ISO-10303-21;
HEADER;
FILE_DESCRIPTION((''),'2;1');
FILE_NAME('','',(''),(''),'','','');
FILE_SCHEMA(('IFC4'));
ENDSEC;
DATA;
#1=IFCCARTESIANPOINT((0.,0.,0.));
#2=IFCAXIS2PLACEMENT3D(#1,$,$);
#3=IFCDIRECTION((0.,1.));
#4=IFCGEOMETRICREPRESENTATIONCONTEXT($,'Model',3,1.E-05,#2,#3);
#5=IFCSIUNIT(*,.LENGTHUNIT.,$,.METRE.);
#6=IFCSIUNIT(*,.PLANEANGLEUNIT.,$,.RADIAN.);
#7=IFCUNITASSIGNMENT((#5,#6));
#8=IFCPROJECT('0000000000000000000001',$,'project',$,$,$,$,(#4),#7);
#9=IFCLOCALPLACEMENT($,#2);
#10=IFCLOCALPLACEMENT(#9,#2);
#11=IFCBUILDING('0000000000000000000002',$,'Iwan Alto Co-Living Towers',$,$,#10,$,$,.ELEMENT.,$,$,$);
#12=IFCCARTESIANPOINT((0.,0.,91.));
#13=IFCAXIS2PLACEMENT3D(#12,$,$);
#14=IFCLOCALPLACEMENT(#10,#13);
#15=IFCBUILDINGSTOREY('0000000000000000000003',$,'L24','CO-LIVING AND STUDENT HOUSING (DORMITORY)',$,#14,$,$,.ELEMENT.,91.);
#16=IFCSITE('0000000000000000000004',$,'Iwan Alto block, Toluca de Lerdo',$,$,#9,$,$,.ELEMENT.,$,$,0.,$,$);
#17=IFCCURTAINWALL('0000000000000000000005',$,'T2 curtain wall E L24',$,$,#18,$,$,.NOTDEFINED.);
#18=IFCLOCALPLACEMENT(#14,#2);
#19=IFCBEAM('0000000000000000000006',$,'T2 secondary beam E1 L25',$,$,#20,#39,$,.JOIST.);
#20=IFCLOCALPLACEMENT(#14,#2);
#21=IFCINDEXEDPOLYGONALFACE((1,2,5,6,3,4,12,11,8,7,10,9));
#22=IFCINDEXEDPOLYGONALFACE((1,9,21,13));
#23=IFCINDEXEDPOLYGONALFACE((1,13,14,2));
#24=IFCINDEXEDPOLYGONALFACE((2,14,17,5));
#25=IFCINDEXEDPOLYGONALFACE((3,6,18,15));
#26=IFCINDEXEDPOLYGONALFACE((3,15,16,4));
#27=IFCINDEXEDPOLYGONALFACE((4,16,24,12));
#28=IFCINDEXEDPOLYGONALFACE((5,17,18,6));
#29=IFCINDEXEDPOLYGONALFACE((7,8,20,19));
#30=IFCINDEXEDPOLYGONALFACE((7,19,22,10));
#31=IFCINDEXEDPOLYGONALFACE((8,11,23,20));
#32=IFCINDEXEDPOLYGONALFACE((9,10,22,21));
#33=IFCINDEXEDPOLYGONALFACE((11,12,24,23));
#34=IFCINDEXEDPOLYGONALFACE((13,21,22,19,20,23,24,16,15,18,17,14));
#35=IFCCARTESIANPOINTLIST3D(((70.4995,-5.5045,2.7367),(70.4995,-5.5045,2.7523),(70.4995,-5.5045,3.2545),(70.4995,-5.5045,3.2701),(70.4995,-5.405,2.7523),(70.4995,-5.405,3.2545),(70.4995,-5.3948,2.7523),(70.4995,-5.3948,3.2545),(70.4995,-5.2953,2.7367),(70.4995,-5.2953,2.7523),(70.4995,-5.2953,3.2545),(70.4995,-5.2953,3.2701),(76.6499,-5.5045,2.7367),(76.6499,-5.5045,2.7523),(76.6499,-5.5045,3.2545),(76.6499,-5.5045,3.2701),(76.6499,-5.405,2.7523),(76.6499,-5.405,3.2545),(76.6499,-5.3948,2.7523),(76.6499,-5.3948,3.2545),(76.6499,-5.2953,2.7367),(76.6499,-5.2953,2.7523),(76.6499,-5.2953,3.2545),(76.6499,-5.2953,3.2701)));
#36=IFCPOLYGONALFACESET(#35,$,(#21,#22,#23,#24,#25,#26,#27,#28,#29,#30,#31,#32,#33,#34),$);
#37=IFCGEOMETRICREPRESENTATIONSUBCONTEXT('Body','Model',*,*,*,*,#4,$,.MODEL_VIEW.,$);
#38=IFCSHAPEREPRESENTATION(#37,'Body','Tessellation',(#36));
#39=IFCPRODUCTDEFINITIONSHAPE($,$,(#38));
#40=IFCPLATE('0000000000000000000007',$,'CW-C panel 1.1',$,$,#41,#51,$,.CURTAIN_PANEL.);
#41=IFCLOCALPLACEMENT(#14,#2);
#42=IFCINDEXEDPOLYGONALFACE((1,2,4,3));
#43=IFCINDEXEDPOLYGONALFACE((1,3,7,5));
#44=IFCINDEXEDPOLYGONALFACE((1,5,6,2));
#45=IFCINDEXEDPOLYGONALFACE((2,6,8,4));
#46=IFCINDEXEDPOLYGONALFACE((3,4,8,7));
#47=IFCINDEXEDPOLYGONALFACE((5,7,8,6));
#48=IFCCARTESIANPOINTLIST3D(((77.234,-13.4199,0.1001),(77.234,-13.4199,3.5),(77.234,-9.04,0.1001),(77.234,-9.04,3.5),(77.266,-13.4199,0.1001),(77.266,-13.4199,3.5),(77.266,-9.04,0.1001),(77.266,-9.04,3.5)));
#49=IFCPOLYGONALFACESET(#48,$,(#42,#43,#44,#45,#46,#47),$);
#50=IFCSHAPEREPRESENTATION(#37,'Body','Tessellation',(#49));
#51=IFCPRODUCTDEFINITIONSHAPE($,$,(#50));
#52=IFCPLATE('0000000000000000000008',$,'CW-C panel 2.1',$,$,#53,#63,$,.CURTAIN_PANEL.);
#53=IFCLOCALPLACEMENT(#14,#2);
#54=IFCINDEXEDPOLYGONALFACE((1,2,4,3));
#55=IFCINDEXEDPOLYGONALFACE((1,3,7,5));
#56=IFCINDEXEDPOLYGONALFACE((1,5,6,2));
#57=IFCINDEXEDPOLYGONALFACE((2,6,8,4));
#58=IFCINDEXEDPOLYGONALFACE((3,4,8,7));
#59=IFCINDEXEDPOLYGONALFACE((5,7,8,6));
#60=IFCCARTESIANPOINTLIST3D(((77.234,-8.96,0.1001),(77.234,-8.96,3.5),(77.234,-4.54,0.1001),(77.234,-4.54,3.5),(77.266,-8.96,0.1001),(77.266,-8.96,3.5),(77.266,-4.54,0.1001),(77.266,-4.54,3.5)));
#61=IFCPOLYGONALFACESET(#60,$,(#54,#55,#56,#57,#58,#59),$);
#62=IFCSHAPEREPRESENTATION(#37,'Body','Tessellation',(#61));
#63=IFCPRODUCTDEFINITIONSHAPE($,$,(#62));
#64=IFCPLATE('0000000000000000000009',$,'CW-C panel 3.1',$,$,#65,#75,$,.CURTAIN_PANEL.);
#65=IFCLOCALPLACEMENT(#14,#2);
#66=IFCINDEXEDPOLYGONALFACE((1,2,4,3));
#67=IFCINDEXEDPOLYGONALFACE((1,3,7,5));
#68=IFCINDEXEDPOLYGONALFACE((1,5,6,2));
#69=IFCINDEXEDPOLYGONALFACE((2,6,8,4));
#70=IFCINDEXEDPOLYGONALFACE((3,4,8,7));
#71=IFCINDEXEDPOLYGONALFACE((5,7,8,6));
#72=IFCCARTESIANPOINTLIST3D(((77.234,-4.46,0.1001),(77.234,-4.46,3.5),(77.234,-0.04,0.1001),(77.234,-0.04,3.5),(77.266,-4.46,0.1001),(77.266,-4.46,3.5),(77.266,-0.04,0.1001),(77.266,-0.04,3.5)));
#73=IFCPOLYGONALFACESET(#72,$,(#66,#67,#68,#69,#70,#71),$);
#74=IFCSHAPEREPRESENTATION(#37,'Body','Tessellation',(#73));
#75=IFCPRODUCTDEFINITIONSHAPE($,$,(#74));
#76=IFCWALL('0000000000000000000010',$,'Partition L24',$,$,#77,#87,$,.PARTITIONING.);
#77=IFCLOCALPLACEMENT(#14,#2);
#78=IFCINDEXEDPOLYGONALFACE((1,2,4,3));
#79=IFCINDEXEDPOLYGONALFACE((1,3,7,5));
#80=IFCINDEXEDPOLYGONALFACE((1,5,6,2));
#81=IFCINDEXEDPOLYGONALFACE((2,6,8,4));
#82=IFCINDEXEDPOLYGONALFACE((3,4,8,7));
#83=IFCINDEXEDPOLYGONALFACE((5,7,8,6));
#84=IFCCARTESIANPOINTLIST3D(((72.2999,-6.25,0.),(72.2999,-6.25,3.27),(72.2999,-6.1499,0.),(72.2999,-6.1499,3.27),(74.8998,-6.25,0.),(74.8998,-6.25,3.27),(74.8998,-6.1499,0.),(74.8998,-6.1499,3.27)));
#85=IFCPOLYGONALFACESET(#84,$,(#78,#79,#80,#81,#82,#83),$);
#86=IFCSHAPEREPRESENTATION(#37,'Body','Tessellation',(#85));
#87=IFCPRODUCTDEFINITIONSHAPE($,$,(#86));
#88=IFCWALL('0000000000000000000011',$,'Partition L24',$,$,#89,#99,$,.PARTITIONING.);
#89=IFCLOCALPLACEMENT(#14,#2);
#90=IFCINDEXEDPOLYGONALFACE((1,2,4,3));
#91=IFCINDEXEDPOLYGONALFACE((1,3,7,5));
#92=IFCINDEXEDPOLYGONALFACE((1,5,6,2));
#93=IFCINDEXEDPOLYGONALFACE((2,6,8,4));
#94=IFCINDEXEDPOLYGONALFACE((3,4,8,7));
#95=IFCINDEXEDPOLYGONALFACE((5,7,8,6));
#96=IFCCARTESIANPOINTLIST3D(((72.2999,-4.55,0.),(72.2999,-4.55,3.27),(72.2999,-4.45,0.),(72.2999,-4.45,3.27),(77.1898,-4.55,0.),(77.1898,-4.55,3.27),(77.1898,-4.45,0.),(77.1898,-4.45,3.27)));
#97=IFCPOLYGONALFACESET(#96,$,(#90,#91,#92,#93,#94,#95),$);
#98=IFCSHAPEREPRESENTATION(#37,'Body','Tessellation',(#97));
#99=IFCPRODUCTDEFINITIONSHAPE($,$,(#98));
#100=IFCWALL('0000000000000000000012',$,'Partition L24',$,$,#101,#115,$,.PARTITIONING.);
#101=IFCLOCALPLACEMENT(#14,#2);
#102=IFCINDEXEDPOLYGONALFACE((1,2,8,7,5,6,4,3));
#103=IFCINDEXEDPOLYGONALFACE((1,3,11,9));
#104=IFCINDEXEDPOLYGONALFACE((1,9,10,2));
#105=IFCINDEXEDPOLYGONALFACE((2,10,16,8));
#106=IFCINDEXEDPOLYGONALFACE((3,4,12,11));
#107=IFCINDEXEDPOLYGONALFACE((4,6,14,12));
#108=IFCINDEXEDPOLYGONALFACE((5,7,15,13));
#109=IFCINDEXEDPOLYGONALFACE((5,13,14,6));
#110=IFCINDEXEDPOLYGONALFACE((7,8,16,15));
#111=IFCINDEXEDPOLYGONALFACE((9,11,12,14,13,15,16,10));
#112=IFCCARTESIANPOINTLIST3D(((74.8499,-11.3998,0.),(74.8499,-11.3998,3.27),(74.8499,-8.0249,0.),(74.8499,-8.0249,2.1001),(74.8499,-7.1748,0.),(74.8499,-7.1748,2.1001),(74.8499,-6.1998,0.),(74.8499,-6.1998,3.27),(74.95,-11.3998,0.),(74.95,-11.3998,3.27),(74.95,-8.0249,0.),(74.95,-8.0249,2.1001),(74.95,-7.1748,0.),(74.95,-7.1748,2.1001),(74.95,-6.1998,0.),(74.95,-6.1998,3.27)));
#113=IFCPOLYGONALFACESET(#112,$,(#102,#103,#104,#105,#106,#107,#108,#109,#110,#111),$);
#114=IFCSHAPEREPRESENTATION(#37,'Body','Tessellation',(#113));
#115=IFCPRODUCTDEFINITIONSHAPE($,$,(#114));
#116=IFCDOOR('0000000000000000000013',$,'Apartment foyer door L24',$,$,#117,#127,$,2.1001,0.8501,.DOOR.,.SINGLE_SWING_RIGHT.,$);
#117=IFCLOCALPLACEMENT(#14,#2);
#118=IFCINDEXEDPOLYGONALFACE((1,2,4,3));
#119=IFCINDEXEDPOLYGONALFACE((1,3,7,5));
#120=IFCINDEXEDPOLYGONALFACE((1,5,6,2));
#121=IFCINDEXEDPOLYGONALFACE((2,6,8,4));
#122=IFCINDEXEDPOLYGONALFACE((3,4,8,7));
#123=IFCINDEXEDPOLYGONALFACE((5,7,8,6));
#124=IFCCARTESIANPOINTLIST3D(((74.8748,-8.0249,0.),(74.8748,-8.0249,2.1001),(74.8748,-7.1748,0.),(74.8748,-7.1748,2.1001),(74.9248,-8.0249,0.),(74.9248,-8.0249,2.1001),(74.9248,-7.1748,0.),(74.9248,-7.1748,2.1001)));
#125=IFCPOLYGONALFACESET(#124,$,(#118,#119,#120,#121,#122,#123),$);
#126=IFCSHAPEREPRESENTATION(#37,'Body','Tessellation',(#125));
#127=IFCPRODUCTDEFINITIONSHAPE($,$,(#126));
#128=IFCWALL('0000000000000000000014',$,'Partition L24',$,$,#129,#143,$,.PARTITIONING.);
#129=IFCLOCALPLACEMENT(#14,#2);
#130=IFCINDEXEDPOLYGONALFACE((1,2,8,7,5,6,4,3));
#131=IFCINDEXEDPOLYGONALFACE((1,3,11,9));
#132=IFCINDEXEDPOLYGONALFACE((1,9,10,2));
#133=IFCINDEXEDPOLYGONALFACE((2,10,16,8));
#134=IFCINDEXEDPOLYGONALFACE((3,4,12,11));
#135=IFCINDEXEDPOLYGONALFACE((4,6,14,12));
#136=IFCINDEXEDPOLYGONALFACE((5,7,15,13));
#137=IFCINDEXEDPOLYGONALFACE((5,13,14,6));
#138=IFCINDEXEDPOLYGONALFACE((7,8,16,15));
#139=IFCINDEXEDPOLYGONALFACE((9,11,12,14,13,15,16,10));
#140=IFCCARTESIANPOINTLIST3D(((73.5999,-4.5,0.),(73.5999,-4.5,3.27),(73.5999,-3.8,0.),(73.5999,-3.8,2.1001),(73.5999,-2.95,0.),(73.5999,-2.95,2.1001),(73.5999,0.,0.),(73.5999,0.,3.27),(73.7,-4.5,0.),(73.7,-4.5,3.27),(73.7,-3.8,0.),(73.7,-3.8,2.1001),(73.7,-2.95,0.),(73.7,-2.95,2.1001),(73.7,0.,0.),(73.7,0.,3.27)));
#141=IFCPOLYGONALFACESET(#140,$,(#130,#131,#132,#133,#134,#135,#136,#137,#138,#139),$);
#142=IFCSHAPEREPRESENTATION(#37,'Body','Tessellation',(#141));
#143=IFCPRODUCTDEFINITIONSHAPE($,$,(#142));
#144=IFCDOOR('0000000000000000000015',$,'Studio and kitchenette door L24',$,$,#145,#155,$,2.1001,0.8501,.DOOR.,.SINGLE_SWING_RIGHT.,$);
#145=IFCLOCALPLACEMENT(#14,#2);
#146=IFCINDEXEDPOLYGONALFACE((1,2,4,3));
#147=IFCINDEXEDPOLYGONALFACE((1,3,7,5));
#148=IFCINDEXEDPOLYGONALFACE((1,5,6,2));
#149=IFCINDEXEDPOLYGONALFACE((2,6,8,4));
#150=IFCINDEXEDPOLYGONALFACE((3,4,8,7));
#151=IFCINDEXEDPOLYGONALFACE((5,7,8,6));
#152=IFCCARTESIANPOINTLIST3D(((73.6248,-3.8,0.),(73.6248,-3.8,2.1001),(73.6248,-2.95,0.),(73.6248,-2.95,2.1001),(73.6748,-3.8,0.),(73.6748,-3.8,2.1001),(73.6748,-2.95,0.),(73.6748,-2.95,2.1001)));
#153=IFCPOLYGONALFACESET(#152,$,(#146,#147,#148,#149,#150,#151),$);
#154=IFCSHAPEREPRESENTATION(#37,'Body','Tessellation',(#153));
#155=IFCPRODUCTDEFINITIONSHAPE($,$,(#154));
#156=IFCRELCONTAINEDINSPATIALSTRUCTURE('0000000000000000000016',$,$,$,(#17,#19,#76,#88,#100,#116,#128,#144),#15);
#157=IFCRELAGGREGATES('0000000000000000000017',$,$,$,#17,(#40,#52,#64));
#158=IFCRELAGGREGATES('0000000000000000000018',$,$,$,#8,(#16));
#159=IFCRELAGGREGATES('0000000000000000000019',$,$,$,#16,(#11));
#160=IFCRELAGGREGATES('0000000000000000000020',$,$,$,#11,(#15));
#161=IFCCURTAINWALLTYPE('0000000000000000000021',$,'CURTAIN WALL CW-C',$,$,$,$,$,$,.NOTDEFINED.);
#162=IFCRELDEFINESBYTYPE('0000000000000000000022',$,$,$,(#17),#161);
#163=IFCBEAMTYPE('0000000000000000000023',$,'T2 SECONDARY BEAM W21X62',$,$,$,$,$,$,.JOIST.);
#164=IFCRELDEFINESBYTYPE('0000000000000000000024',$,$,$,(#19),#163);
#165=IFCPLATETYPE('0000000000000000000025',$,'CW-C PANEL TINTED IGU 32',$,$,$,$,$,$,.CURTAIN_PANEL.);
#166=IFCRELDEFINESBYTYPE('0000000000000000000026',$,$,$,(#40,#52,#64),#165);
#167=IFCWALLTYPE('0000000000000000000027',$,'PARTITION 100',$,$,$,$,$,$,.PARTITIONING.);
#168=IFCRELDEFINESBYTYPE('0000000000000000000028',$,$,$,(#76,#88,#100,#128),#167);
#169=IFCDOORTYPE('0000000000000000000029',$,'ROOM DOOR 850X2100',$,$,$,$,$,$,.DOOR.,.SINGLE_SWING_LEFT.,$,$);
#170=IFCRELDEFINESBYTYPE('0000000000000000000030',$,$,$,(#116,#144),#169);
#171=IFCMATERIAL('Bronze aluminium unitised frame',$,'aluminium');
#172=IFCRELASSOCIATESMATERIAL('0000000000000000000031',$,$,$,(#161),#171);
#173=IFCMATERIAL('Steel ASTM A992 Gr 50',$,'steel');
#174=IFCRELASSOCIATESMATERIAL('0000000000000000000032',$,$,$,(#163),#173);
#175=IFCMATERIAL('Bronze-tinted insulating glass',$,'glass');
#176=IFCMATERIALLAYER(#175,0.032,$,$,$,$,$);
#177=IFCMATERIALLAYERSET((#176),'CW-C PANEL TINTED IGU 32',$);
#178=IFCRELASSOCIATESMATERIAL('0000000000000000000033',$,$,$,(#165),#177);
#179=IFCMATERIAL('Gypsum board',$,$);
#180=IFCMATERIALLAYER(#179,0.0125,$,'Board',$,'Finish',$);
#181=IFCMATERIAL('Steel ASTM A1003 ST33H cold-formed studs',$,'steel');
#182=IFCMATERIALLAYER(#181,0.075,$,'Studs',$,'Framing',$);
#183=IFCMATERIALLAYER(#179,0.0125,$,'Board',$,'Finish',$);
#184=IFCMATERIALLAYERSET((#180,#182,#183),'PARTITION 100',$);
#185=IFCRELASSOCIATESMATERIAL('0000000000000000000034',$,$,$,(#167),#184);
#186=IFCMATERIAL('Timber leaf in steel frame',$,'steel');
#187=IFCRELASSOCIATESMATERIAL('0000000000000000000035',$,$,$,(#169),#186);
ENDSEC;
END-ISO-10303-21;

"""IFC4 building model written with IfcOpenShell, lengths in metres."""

from ifc_helpers import new_model, si_unit, direction, frame, frame_2d, origin, origin_2d, place, context, subcontext, project, spatial, rectangle, i_section, extrude, material, layer, layer_set, material_profile, profile_set, type_object, element, fill, aggregate, save


model = new_model("IFC4")

# Units and contexts
model_context = context("Model", 3, precision=1e-05, world=origin(), true_north=direction((0.0, 1.0)))
body_context = subcontext(model_context, "Body", "Model", "MODEL_VIEW")
ifc_project = project(units=[si_unit("LENGTHUNIT", "METRE"), si_unit("PLANEANGLEUNIT", "RADIAN")], contexts=[model_context])

# Site, building, storey
site_placement = place(None, origin())
site = spatial("IfcSite", under=ifc_project, at=site_placement, Name="Iwan Alto block, Toluca de Lerdo", CompositionType="ELEMENT", RefElevation=0.0)
building_placement = place(site_placement, origin())
building = spatial("IfcBuilding", under=site, at=building_placement, Name="Iwan Alto Co-Living Towers", CompositionType="ELEMENT")
storey_placement = place(building_placement, frame((0.0, 0.0, 91.0)))
storey = spatial("IfcBuildingStorey", under=building, at=storey_placement, Name="L24", Description="CO-LIVING AND STUDENT HOUSING (DORMITORY)", CompositionType="ELEMENT", Elevation=91.0)

# Curtain wall
ifc_material_1 = material(Name="Bronze aluminium unitised frame", Category="aluminium")
curtain_wall_type = type_object("IfcCurtainWallType", Name="CURTAIN WALL CW-C", PredefinedType="NOTDEFINED", material=ifc_material_1)
curtain_wall_placement = place(storey_placement, origin())
curtain_wall = element("IfcCurtainWall", 1, at=curtain_wall_placement, inside=storey, type_object=curtain_wall_type, Name="T2 curtain wall E L24", PredefinedType="NOTDEFINED")

# Beam
ifc_material_2 = material(Name="Steel ASTM A992 Gr 50", Category="steel")
ifc_material_profile_1 = material_profile(ifc_material_2, i_section(OverallWidth=0.2092, OverallDepth=0.5334, WebThickness=0.0103, FlangeThickness=0.0156, at=origin_2d()), Name="W21X62")
ifc_profile_set_1 = profile_set([ifc_material_profile_1], Name="Steel ASTM A992 Gr 50")
beam_type_1 = type_object("IfcBeamType", Name="T2 SECONDARY BEAM W21X62", PredefinedType="JOIST", material=ifc_profile_set_1)
beam_1_placement = place(storey_placement, frame((76.6499, -5.3999, 3.0034), z_axis=(-1.0, 0.0, 0.0), x_axis=(0.0, -1.0, 0.0)))
element("IfcBeam", 2, at=beam_1_placement, inside=storey, type_object=beam_type_1, Name="T2 secondary beam E1 L25", PredefinedType="JOIST", context=body_context, shape_type="SweptSolid", body=[
    extrude(i_section(OverallWidth=0.2092, OverallDepth=0.5334, WebThickness=0.0103, FlangeThickness=0.0156, at=origin_2d()), origin(), (0.0, 0.0, 1.0), 6.1504),
])

# Plates
ifc_material_3 = material(Name="Bronze-tinted insulating glass", Category="glass")
ifc_layer_1 = layer(ifc_material_3, 0.032)
ifc_layer_set_1 = layer_set([ifc_layer_1], Name="CW-C PANEL TINTED IGU 32")
plate_type = type_object("IfcPlateType", Name="CW-C PANEL TINTED IGU 32", PredefinedType="CURTAIN_PANEL", material=ifc_layer_set_1)
plate_1_placement = place(storey_placement, frame((77.25, -11.23, 0.1001), z_axis=(0.0, 0.0, 1.0), x_axis=(0.0, 1.0, 0.0)))
plate_1 = element("IfcPlate", 3, at=plate_1_placement, type_object=plate_type, Name="CW-C panel 1.1", PredefinedType="CURTAIN_PANEL", context=body_context, shape_type="SweptSolid", body=[
    extrude(rectangle(XDim=4.3799, YDim=0.032, at=origin_2d()), origin(), (0.0, 0.0, 1.0), 3.3999),
])
plate_2_placement = place(storey_placement, frame((77.25, -6.75, 0.1001), z_axis=(0.0, 0.0, 1.0), x_axis=(0.0, 1.0, 0.0)))
plate_2 = element("IfcPlate", 4, at=plate_2_placement, type_object=plate_type, Name="CW-C panel 2.1", PredefinedType="CURTAIN_PANEL", context=body_context, shape_type="SweptSolid", body=[
    extrude(rectangle(XDim=4.4199, YDim=0.032, at=origin_2d()), origin(), (0.0, 0.0, 1.0), 3.3999),
])
plate_3_placement = place(storey_placement, frame((77.25, -2.25, 0.1001), z_axis=(0.0, 0.0, 1.0), x_axis=(0.0, 1.0, 0.0)))
plate_3 = element("IfcPlate", 5, at=plate_3_placement, type_object=plate_type, Name="CW-C panel 3.1", PredefinedType="CURTAIN_PANEL", context=body_context, shape_type="SweptSolid", body=[
    extrude(rectangle(XDim=4.4199, YDim=0.032, at=origin_2d()), origin(), (0.0, 0.0, 1.0), 3.3999),
])
aggregate(curtain_wall, [plate_1, plate_2, plate_3])

# Walls
ifc_material_4 = material(Name="Gypsum board")
ifc_layer_2 = layer(ifc_material_4, 0.0125, Name="Board", Category="Finish")
ifc_material_5 = material(Name="Steel ASTM A1003 ST33H cold-formed studs", Category="steel")
ifc_layer_3 = layer(ifc_material_5, 0.075, Name="Studs", Category="Framing")
ifc_layer_4 = layer(ifc_material_4, 0.0125, Name="Board", Category="Finish")
ifc_layer_set_2 = layer_set([ifc_layer_2, ifc_layer_3, ifc_layer_4], Name="PARTITION 100")
wall_type_1 = type_object("IfcWallType", Name="PARTITION 100", PredefinedType="PARTITIONING", material=ifc_layer_set_2)
wall_1_placement = place(storey_placement, frame((72.3, -6.2, 0.0), z_axis=(0.0, 0.0, 1.0), x_axis=(1.0, 0.0, 0.0)))
element("IfcWall", 6, at=wall_1_placement, inside=storey, type_object=wall_type_1, Name="Partition L24", PredefinedType="PARTITIONING", context=body_context, shape_type="SweptSolid", body=[
    extrude(rectangle(XDim=2.5999, YDim=0.1001, at=frame_2d((1.2998, 0.0))), origin(), (0.0, 0.0, 1.0), 3.27),
])
wall_2_placement = place(storey_placement, frame((72.3, -4.5, 0.0), z_axis=(0.0, 0.0, 1.0), x_axis=(1.0, 0.0, 0.0)))
element("IfcWall", 7, at=wall_2_placement, inside=storey, type_object=wall_type_1, Name="Partition L24", PredefinedType="PARTITIONING", context=body_context, shape_type="SweptSolid", body=[
    extrude(rectangle(XDim=4.8899, YDim=0.1001, at=frame_2d((2.4448, 0.0))), origin(), (0.0, 0.0, 1.0), 3.27),
])

# Walls, openings, doors
wall_3_placement = place(storey_placement, frame((74.8999, -11.3999, 0.0), z_axis=(0.0, 0.0, 1.0), x_axis=(0.0, 1.0, 0.0)))
wall_3 = element("IfcWall", 8, at=wall_3_placement, inside=storey, type_object=wall_type_1, Name="Partition L24", PredefinedType="PARTITIONING", context=body_context, shape_type="SweptSolid", body=[
    extrude(rectangle(XDim=5.2, YDim=0.1001, at=frame_2d((2.6001, 0.0))), origin(), (0.0, 0.0, 1.0), 3.27),
])
opening_1_placement = place(wall_3_placement, frame((3.375, 0.0, 0.0)))
opening_1 = element("IfcOpeningElement", 9, at=opening_1_placement, cuts=wall_3, PredefinedType="OPENING", context=body_context, shape_type="SweptSolid", body=[
    extrude(rectangle(XDim=0.8501, YDim=2.1001, at=frame_2d((0.425, 1.05))), frame((0.0, 0.0601, 0.0), z_axis=(0.0, -1.0, 0.0), x_axis=(1.0, 0.0, 0.0)), (0.0, 0.0, 1.0), 0.1201),
])
ifc_material_6 = material(Name="Timber leaf in steel frame", Category="steel")
door_type = type_object("IfcDoorType", Name="ROOM DOOR 850X2100", OperationType="SINGLE_SWING_LEFT", PredefinedType="DOOR", material=ifc_material_6)
door_1_placement = place(opening_1_placement, frame((0.8501, 0.0, 0.0), z_axis=(0.0, 0.0, 1.0), x_axis=(-1.0, 0.0, 0.0)))
door_1 = element("IfcDoor", 10, at=door_1_placement, inside=storey, type_object=door_type, Name="Apartment foyer door L24", OperationType="SINGLE_SWING_RIGHT", OverallHeight=2.1001, OverallWidth=0.8501, PredefinedType="DOOR", context=body_context, shape_type="SweptSolid", body=[
    extrude(rectangle(XDim=0.8501, YDim=2.1001, at=frame_2d((0.425, 1.05))), frame((0.0, 0.0249, 0.0), z_axis=(0.0, -1.0, 0.0), x_axis=(1.0, 0.0, 0.0)), (0.0, 0.0, 1.0), 0.05),
])
fill(opening_1, door_1)
wall_4_placement = place(storey_placement, frame((73.6499, -4.5, 0.0), z_axis=(0.0, 0.0, 1.0), x_axis=(0.0, 1.0, 0.0)))
wall_4 = element("IfcWall", 11, at=wall_4_placement, inside=storey, type_object=wall_type_1, Name="Partition L24", PredefinedType="PARTITIONING", context=body_context, shape_type="SweptSolid", body=[
    extrude(rectangle(XDim=4.5, YDim=0.1001, at=frame_2d((2.25, 0.0))), origin(), (0.0, 0.0, 1.0), 3.27),
])
opening_2_placement = place(wall_4_placement, frame((0.7, 0.0, 0.0)))
opening_2 = element("IfcOpeningElement", 12, at=opening_2_placement, cuts=wall_4, PredefinedType="OPENING", context=body_context, shape_type="SweptSolid", body=[
    extrude(rectangle(XDim=0.8501, YDim=2.1001, at=frame_2d((0.425, 1.05))), frame((0.0, 0.0601, 0.0), z_axis=(0.0, -1.0, 0.0), x_axis=(1.0, 0.0, 0.0)), (0.0, 0.0, 1.0), 0.1201),
])
door_2_placement = place(opening_2_placement, frame((0.8501, 0.0, 0.0), z_axis=(0.0, 0.0, 1.0), x_axis=(-1.0, 0.0, 0.0)))
door_2 = element("IfcDoor", 13, at=door_2_placement, inside=storey, type_object=door_type, Name="Studio and kitchenette door L24", OperationType="SINGLE_SWING_RIGHT", OverallHeight=2.1001, OverallWidth=0.8501, PredefinedType="DOOR", context=body_context, shape_type="SweptSolid", body=[
    extrude(rectangle(XDim=0.8501, YDim=2.1001, at=frame_2d((0.425, 1.05))), frame((0.0, 0.0249, 0.0), z_axis=(0.0, -1.0, 0.0), x_axis=(1.0, 0.0, 0.0)), (0.0, 0.0, 1.0), 0.05),
])
fill(opening_2, door_2)

save(model, "model.ifc")
